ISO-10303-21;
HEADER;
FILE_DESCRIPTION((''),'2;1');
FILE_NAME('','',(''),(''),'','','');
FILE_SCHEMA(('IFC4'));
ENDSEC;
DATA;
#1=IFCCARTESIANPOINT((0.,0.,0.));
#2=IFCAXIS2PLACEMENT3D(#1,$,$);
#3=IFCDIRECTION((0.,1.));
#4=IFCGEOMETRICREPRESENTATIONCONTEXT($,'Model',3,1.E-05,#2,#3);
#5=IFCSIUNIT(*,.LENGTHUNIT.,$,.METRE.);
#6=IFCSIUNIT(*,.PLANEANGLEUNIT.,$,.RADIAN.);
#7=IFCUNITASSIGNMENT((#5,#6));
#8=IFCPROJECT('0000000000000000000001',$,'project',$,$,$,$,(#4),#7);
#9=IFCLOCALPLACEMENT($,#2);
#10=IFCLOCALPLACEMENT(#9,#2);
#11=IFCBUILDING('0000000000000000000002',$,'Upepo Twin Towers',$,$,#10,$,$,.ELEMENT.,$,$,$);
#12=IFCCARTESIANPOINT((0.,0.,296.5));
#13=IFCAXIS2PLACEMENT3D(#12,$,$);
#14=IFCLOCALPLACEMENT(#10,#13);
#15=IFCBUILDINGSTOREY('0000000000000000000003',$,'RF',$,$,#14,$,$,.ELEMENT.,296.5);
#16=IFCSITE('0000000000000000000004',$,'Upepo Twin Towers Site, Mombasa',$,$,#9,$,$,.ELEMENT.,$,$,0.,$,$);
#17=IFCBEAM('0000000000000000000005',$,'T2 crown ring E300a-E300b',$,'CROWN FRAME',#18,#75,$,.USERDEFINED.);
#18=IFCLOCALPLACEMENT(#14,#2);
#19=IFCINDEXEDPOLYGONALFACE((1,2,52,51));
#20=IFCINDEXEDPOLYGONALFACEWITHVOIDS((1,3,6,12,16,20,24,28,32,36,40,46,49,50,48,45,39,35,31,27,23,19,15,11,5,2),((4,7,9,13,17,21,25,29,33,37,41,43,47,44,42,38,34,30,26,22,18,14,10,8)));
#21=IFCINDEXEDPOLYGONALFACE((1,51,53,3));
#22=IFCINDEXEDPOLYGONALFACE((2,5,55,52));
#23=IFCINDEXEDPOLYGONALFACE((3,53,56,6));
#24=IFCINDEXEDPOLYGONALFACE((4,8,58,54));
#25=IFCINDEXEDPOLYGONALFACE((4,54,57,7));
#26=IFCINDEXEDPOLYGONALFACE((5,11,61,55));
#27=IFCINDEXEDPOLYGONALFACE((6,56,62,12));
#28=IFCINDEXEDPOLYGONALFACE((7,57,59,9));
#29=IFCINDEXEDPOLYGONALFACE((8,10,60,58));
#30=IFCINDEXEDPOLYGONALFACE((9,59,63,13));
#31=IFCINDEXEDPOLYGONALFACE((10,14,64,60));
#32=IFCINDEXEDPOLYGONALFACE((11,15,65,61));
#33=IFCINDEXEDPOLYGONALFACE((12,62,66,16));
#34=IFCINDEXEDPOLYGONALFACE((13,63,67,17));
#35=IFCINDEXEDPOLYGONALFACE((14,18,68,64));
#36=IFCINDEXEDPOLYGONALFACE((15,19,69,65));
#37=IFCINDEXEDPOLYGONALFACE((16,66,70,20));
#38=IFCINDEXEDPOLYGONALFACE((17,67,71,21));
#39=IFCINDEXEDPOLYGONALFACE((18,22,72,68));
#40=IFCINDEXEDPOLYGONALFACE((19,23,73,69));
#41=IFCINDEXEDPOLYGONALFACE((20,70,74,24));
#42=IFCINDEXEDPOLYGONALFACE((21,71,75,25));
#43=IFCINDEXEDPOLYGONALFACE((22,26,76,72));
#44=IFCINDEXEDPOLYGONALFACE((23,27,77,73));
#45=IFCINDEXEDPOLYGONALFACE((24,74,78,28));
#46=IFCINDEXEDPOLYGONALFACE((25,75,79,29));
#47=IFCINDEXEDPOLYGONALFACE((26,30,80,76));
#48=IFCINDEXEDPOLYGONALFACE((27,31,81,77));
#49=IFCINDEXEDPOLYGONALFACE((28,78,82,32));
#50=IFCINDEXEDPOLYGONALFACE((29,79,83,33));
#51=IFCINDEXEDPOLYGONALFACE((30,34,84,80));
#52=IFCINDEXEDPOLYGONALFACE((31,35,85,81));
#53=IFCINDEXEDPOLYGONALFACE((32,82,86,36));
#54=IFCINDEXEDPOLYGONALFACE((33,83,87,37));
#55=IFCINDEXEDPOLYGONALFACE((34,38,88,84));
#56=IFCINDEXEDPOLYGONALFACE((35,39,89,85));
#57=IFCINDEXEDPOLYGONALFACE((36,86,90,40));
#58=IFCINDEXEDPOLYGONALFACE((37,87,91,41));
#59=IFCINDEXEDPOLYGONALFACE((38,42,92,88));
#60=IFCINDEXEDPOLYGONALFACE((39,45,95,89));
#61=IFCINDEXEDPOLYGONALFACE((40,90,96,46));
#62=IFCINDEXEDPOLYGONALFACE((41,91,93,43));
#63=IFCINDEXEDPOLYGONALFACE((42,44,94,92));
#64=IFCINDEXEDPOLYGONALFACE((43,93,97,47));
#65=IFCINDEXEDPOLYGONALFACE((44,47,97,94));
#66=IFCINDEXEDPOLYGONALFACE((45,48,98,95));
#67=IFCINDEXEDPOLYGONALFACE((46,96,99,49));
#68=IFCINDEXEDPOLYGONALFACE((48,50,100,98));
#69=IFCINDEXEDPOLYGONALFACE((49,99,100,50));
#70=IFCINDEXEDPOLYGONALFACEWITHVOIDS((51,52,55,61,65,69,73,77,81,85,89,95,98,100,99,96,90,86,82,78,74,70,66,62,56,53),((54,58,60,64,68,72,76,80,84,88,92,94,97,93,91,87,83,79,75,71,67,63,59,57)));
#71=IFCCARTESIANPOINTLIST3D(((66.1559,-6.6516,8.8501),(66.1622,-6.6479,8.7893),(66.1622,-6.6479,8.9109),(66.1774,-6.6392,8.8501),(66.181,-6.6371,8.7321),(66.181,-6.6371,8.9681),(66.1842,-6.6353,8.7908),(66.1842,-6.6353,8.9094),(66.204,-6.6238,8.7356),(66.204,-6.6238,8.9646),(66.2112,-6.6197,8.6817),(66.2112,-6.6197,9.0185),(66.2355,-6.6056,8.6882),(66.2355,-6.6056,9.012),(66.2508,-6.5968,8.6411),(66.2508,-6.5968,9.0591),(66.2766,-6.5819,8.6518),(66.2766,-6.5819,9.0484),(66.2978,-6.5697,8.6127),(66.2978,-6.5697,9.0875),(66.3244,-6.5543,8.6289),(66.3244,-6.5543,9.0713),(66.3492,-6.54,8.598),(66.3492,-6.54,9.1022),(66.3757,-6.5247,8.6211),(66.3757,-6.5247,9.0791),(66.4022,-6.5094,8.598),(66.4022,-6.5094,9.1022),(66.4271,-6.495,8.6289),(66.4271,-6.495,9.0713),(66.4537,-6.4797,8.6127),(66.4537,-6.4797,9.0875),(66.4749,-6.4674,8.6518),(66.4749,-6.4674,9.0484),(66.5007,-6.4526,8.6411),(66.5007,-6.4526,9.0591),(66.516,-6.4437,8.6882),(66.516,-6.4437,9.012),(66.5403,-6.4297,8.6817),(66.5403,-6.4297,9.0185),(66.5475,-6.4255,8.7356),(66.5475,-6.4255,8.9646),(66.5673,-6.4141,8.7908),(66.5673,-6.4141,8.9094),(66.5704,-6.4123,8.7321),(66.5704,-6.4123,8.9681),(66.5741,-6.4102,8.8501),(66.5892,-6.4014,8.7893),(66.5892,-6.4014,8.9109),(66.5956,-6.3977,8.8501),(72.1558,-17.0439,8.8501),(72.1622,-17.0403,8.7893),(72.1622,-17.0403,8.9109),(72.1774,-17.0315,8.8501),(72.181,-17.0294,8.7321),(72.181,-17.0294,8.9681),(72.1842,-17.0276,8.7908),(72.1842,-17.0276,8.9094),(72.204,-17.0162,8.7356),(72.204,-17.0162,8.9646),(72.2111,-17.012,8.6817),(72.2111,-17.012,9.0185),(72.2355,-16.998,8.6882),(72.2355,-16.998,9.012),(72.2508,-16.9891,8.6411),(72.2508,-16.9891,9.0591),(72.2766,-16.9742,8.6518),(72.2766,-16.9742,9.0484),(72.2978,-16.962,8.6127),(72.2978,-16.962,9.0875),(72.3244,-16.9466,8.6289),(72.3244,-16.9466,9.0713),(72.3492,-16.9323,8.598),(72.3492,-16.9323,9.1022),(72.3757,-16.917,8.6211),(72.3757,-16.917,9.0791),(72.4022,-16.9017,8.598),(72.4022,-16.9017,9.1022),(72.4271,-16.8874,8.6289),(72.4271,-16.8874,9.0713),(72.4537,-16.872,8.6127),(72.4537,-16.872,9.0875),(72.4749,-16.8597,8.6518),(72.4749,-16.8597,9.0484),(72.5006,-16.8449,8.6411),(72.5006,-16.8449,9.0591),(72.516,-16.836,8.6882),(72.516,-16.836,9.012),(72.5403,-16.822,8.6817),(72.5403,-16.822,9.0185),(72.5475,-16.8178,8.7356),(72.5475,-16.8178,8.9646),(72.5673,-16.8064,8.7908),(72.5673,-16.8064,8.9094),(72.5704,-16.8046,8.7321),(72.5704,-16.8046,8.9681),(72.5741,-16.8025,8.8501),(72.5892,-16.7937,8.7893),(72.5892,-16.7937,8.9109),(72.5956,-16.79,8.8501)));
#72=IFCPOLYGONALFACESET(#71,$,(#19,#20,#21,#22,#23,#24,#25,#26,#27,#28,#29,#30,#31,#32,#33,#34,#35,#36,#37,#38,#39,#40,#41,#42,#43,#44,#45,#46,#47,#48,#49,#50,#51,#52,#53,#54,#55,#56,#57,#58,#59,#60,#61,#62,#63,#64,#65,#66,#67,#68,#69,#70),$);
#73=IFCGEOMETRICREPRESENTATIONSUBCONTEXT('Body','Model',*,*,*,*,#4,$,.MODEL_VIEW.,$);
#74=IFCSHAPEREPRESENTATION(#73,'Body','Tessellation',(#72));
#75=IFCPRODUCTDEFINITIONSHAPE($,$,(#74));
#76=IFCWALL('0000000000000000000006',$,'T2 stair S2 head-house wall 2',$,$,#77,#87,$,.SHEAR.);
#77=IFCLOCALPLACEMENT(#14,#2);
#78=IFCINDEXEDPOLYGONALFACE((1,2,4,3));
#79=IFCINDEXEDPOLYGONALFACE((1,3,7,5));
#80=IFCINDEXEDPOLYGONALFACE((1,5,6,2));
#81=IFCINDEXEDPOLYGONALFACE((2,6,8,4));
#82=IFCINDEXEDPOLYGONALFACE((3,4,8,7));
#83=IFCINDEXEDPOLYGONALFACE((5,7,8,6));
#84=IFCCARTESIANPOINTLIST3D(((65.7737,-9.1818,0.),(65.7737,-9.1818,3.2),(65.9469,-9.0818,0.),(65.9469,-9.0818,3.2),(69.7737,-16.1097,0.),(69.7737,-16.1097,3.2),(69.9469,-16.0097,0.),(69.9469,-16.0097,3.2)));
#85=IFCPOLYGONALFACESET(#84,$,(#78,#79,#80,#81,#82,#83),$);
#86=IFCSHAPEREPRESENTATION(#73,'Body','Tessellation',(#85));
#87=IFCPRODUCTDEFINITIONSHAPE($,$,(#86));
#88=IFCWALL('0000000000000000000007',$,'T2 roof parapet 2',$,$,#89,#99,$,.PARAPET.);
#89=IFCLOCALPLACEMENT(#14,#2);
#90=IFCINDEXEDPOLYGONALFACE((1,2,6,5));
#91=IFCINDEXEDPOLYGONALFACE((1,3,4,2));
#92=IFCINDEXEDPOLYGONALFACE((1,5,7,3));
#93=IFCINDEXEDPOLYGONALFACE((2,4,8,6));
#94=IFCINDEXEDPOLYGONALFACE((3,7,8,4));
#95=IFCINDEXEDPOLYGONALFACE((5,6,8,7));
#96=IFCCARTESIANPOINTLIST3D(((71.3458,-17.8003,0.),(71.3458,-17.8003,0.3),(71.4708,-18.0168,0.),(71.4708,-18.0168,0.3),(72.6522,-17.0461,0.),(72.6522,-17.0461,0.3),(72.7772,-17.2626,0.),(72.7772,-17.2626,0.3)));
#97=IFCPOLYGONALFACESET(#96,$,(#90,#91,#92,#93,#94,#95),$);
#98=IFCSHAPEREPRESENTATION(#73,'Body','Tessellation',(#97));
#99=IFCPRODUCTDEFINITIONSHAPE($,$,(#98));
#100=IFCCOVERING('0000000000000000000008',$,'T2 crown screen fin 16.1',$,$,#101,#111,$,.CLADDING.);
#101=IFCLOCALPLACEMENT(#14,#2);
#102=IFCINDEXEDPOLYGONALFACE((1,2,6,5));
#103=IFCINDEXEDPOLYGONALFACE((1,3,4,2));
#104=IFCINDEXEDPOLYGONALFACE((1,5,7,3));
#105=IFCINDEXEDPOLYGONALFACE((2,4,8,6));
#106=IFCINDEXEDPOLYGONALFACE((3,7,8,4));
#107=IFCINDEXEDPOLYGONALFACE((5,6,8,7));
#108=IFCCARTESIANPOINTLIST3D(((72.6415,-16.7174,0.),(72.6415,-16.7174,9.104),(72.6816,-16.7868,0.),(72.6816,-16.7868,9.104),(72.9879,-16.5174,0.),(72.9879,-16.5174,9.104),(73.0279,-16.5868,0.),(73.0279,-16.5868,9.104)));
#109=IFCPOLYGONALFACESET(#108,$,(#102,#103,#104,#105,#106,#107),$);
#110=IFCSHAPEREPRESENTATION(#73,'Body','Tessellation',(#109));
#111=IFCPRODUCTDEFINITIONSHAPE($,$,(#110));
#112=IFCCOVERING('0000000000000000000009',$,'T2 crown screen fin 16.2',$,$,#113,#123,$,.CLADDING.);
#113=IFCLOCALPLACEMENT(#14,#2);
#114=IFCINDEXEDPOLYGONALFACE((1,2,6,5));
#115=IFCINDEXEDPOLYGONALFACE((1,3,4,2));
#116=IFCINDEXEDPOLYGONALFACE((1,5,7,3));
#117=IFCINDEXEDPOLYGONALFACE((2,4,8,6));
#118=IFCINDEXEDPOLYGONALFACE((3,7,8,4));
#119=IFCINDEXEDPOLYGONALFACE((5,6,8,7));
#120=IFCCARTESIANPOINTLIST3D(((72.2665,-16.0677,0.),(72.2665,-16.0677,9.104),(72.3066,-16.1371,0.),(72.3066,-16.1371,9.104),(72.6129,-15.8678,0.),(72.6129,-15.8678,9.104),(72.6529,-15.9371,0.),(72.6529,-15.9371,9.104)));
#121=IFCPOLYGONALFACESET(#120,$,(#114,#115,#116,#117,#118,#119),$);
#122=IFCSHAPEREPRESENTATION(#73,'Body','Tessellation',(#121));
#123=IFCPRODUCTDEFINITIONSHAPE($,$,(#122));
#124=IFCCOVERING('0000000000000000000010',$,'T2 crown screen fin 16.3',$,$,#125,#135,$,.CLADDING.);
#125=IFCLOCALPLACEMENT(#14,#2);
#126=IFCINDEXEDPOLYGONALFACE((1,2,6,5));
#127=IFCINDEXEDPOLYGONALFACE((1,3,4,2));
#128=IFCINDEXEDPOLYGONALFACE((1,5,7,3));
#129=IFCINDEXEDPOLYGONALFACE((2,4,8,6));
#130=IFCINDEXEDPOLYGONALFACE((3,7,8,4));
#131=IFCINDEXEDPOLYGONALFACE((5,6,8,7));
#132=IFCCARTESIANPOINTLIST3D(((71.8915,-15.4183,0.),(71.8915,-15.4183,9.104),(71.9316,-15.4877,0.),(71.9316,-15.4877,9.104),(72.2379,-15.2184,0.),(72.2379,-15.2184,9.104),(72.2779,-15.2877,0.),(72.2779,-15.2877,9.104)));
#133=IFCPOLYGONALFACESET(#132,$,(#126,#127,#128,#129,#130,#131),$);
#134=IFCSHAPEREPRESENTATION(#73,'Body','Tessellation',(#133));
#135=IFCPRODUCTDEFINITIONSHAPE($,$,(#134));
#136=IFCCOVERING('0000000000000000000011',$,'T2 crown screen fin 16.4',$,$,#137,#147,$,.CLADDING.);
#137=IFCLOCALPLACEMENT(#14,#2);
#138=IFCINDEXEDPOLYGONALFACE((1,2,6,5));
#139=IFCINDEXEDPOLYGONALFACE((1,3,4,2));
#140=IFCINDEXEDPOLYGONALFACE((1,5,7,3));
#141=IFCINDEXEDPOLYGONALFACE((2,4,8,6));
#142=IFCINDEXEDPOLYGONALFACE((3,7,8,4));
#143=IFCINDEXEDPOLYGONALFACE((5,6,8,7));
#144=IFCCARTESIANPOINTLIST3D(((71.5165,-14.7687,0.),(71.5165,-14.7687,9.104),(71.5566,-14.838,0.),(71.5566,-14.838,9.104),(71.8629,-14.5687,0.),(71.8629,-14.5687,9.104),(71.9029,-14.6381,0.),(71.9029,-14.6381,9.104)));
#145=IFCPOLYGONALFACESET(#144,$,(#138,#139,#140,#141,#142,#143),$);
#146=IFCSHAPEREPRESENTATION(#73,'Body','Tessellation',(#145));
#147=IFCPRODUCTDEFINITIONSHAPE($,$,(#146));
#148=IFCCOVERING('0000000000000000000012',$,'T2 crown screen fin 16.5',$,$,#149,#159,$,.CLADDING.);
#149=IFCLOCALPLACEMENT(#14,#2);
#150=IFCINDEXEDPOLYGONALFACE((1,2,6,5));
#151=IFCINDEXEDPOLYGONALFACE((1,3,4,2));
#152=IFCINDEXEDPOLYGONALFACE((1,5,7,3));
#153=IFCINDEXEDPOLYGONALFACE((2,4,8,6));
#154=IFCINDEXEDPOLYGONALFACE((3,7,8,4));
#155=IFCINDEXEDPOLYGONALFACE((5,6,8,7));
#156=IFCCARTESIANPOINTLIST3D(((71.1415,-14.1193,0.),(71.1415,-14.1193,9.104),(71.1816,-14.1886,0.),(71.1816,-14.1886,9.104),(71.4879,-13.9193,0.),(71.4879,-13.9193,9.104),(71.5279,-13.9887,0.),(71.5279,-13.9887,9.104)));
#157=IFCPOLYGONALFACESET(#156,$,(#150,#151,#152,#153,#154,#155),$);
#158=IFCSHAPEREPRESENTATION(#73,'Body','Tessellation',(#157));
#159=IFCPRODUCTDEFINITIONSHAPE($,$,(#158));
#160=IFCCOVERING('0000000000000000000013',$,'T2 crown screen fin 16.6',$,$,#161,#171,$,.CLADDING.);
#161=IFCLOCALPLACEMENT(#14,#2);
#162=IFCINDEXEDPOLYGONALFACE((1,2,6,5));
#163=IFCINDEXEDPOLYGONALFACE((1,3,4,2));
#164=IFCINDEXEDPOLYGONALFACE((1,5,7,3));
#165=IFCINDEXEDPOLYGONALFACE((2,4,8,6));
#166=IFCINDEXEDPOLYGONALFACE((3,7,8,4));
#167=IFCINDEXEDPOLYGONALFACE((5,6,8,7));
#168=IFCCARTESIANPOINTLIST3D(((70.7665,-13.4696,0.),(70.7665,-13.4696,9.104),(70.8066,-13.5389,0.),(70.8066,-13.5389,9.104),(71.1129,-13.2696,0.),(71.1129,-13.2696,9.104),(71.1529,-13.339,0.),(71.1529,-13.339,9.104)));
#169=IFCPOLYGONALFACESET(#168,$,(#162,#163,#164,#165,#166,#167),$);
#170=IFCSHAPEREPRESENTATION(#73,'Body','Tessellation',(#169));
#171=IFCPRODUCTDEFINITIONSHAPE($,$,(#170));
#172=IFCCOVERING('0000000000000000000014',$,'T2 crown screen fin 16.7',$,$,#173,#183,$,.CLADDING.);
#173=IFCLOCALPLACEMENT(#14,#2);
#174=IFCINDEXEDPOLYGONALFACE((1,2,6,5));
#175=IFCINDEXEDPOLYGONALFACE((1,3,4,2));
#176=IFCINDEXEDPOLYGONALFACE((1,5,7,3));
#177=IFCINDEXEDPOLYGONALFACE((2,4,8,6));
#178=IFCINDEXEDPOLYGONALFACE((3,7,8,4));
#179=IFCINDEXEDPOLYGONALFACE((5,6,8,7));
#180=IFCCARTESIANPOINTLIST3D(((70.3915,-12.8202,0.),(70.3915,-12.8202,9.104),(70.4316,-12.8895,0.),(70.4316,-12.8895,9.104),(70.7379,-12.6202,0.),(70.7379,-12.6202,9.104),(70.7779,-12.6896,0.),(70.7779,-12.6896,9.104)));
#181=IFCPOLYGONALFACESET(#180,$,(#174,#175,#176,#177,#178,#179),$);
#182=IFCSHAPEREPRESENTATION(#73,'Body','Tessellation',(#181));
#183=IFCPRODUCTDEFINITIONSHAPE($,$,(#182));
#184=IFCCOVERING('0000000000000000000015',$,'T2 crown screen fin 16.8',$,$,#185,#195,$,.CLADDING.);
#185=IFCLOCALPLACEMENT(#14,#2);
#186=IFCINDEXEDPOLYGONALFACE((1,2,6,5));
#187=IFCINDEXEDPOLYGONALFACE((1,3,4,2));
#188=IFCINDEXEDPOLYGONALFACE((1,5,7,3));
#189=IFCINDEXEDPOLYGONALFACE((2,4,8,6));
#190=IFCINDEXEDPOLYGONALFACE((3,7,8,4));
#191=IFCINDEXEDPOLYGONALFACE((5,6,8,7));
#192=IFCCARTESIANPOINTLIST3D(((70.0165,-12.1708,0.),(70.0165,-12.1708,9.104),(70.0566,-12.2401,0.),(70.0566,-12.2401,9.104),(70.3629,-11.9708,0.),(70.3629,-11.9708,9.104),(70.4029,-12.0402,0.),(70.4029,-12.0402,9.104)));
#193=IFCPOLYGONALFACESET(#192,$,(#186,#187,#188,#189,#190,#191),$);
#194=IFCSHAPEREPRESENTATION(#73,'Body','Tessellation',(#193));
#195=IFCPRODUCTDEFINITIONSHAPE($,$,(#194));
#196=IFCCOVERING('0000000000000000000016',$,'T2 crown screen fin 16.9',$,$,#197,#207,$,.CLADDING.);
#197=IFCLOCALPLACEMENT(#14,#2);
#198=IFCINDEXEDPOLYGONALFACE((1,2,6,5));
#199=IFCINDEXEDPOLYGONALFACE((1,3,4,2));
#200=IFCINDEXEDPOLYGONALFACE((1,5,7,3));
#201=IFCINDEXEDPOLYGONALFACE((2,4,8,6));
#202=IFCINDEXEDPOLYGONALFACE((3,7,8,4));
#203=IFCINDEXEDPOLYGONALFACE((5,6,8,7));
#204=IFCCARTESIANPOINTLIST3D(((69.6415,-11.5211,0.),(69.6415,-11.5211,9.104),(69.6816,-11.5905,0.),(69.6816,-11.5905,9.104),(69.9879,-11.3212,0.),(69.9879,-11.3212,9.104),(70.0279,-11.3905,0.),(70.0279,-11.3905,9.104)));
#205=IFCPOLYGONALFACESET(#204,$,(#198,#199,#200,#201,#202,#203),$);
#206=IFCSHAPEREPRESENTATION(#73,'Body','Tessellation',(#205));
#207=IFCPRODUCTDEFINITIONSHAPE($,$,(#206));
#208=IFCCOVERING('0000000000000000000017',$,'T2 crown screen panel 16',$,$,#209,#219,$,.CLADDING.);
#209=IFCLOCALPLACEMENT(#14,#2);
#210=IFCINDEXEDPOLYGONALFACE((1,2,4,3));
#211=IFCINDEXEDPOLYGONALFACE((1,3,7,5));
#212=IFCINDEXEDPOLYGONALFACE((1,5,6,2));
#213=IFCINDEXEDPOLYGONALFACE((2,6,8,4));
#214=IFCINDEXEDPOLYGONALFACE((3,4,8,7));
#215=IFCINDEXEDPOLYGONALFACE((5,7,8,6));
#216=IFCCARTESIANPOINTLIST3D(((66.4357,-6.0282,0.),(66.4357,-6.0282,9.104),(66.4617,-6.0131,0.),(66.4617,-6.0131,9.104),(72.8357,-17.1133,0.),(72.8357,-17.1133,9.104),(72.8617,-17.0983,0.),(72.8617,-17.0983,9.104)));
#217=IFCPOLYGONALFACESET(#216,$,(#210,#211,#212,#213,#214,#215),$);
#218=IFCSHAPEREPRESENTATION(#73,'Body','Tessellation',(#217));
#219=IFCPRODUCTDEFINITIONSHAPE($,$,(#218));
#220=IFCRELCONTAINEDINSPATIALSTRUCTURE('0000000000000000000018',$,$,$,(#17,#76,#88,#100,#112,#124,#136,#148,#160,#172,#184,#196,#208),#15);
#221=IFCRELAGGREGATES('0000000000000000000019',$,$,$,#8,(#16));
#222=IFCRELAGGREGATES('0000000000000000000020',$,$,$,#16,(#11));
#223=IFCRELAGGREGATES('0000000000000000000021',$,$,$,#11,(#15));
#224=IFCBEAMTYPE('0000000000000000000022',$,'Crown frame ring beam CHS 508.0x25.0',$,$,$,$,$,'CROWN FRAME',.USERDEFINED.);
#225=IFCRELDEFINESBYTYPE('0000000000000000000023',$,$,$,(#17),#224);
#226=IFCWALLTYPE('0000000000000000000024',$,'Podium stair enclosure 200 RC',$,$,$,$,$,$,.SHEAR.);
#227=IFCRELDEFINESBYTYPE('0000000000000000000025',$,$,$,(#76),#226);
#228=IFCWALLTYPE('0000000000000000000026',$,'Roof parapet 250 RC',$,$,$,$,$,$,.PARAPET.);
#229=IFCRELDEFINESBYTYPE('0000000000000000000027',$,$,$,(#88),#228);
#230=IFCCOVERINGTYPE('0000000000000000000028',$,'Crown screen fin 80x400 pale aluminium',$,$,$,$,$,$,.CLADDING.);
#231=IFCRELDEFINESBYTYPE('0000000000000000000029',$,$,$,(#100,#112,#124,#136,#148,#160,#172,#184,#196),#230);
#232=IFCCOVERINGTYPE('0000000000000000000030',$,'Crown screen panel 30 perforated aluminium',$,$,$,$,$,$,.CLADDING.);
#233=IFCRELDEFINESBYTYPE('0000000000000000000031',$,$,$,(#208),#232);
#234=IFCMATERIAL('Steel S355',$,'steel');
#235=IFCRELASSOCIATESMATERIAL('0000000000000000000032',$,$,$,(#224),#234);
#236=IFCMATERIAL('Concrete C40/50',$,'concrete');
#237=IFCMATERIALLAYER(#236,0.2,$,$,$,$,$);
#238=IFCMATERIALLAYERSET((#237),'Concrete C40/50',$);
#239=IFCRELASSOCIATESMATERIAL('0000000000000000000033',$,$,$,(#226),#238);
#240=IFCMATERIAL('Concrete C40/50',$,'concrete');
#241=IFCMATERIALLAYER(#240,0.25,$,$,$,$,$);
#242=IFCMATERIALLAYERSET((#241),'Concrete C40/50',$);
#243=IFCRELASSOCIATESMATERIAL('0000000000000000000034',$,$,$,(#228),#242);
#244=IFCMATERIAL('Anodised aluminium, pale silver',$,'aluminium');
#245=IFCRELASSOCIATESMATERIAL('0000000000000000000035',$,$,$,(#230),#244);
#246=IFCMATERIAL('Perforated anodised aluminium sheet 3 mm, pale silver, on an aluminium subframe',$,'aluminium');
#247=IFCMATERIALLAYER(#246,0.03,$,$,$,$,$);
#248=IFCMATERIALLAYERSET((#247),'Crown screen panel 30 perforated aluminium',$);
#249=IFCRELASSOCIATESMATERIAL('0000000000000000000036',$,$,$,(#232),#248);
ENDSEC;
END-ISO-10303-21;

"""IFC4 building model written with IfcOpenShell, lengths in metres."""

from ifc_helpers import new_model, si_unit, direction, frame, frame_2d, origin, origin_2d, place, context, subcontext, project, spatial, rectangle, hollow_circle, extrude, material, layer, layer_set, material_profile, profile_set, type_object, element, save


model = new_model("IFC4")

# Units and contexts
model_context = context("Model", 3, precision=1e-05, world=origin(), true_north=direction((0.0, 1.0)))
body_context = subcontext(model_context, "Body", "Model", "MODEL_VIEW")
ifc_project = project(units=[si_unit("LENGTHUNIT", "METRE"), si_unit("PLANEANGLEUNIT", "RADIAN")], contexts=[model_context])

# Site, building, storey
site_placement = place(None, origin())
site = spatial("IfcSite", under=ifc_project, at=site_placement, Name="Upepo Twin Towers Site, Mombasa", CompositionType="ELEMENT", RefElevation=0.0)
building_placement = place(site_placement, origin())
building = spatial("IfcBuilding", under=site, at=building_placement, Name="Upepo Twin Towers", CompositionType="ELEMENT")
storey_placement = place(building_placement, frame((0.0, 0.0, 296.5)))
storey = spatial("IfcBuildingStorey", under=building, at=storey_placement, Name="RF", CompositionType="ELEMENT", Elevation=296.5)

# Beam
ifc_material_1 = material(Name="Steel S355", Category="steel")
ifc_material_profile_1 = material_profile(ifc_material_1, hollow_circle(Radius=0.2539, WallThickness=0.0249, at=origin_2d()), Name="CHS 508.0x25.0")
ifc_profile_set_1 = profile_set([ifc_material_profile_1], Name="Steel S355")
beam_type = type_object("IfcBeamType", Name="Crown frame ring beam CHS 508.0x25.0", ElementType="CROWN FRAME", PredefinedType="USERDEFINED", material=ifc_profile_set_1)
beam_placement = place(storey_placement, frame((72.3757, -16.917, 8.8501), z_axis=(-0.499999, 0.866026, 0.0), x_axis=(-0.866026, -0.499999, 0.0)))
element("IfcBeam", 1, at=beam_placement, inside=storey, type_object=beam_type, Name="T2 crown ring E300a-E300b", ObjectType="CROWN FRAME", PredefinedType="USERDEFINED", context=body_context, shape_type="SweptSolid", body=[
    extrude(hollow_circle(Radius=0.2539, WallThickness=0.0249, at=origin_2d()), origin(), (0.0, 0.0, 1.0), 12.0),
])

# Walls
ifc_material_2 = material(Name="Concrete C40/50", Category="concrete")
ifc_layer_1 = layer(ifc_material_2, 0.2)
ifc_layer_set_1 = layer_set([ifc_layer_1], Name="Concrete C40/50")
wall_type_1 = type_object("IfcWallType", Name="Podium stair enclosure 200 RC", PredefinedType="SHEAR", material=ifc_layer_set_1)
wall_1_placement = place(storey_placement, frame((69.8604, -16.0598, 0.0), z_axis=(0.0, 0.0, 1.0), x_axis=(-0.500012, 0.866018, 0.0)))
element("IfcWall", 2, at=wall_1_placement, inside=storey, type_object=wall_type_1, Name="T2 stair S2 head-house wall 2", PredefinedType="SHEAR", context=body_context, shape_type="SweptSolid", body=[
    extrude(rectangle(XDim=7.9998, YDim=0.2, at=frame_2d((4.0, 0.0))), origin(), (0.0, 0.0, 1.0), 3.2),
])
ifc_material_3 = material(Name="Concrete C40/50", Category="concrete")
ifc_layer_2 = layer(ifc_material_3, 0.25)
ifc_layer_set_2 = layer_set([ifc_layer_2], Name="Concrete C40/50")
wall_type_2 = type_object("IfcWallType", Name="Roof parapet 250 RC", PredefinedType="PARAPET", material=ifc_layer_set_2)
wall_2_placement = place(storey_placement, frame((72.7148, -17.1543, 0.0), z_axis=(0.0, 0.0, 1.0), x_axis=(-0.866054, -0.499951, 0.0)))
element("IfcWall", 3, at=wall_2_placement, inside=storey, type_object=wall_type_2, Name="T2 roof parapet 2", PredefinedType="PARAPET", context=body_context, shape_type="SweptSolid", body=[
    extrude(rectangle(XDim=1.5085, YDim=0.25, at=frame_2d((0.7544, 0.0))), origin(), (0.0, 0.0, 1.0), 0.3),
])

# Coverings
ifc_material_4 = material(Name="Anodised aluminium, pale silver", Category="aluminium")
covering_type_1 = type_object("IfcCoveringType", Name="Crown screen fin 80x400 pale aluminium", PredefinedType="CLADDING", material=ifc_material_4)
for number, where, z_axis, x_axis, name in (
    (4, (72.8347, -16.6521, 0.0), (0.0, 0.0, 1.0), (-0.5, 0.866025, 0.0), "T2 crown screen fin 16.1"),
    (5, (72.4597, -16.0024, 0.0), (0.0, 0.0, 1.0), (-0.5, 0.866025, 0.0), "T2 crown screen fin 16.2"),
    (6, (72.0847, -15.353, 0.0), (0.0, 0.0, 1.0), (-0.5, 0.866025, 0.0), "T2 crown screen fin 16.3"),
    (7, (71.7097, -14.7034, 0.0), (0.0, 0.0, 1.0), (-0.5, 0.866025, 0.0), "T2 crown screen fin 16.4"),
    (8, (71.3347, -14.054, 0.0), (0.0, 0.0, 1.0), (-0.5, 0.866025, 0.0), "T2 crown screen fin 16.5"),
    (9, (70.9597, -13.4043, 0.0), (0.0, 0.0, 1.0), (-0.5, 0.866025, 0.0), "T2 crown screen fin 16.6"),
    (10, (70.5847, -12.7549, 0.0), (0.0, 0.0, 1.0), (-0.5, 0.866025, 0.0), "T2 crown screen fin 16.7"),
    (11, (70.2097, -12.1055, 0.0), (0.0, 0.0, 1.0), (-0.5, 0.866025, 0.0), "T2 crown screen fin 16.8"),
    (12, (69.8347, -11.4558, 0.0), (0.0, 0.0, 1.0), (-0.5, 0.866025, 0.0), "T2 crown screen fin 16.9"),
):
    element("IfcCovering", number, at=place(storey_placement, frame(where, z_axis=z_axis, x_axis=x_axis)), inside=storey, type_object=covering_type_1, Name=name, PredefinedType="CLADDING", context=body_context, shape_type="SweptSolid", body=[
        extrude(rectangle(XDim=0.0801, YDim=0.3999, at=origin_2d()), origin(), (0.0, 0.0, 1.0), 9.104),
    ])
ifc_material_5 = material(Name="Perforated anodised aluminium sheet 3 mm, pale silver, on an aluminium subframe", Category="aluminium")
ifc_layer_3 = layer(ifc_material_5, 0.03)
ifc_layer_set_3 = layer_set([ifc_layer_3], Name="Crown screen panel 30 perforated aluminium")
covering_type_2 = type_object("IfcCoveringType", Name="Crown screen panel 30 perforated aluminium", PredefinedType="CLADDING", material=ifc_layer_set_3)
covering_placement = place(storey_placement, frame((69.6487, -11.5632, 0.0), z_axis=(0.0, 0.0, 1.0), x_axis=(-0.5, 0.866025, 0.0)))
element("IfcCovering", 13, at=covering_placement, inside=storey, type_object=covering_type_2, Name="T2 crown screen panel 16", PredefinedType="CLADDING", context=body_context, shape_type="SweptSolid", body=[
    extrude(rectangle(XDim=12.8, YDim=0.03, at=origin_2d()), origin(), (0.0, 0.0, 1.0), 9.104),
])

save(model, "model.ifc")
